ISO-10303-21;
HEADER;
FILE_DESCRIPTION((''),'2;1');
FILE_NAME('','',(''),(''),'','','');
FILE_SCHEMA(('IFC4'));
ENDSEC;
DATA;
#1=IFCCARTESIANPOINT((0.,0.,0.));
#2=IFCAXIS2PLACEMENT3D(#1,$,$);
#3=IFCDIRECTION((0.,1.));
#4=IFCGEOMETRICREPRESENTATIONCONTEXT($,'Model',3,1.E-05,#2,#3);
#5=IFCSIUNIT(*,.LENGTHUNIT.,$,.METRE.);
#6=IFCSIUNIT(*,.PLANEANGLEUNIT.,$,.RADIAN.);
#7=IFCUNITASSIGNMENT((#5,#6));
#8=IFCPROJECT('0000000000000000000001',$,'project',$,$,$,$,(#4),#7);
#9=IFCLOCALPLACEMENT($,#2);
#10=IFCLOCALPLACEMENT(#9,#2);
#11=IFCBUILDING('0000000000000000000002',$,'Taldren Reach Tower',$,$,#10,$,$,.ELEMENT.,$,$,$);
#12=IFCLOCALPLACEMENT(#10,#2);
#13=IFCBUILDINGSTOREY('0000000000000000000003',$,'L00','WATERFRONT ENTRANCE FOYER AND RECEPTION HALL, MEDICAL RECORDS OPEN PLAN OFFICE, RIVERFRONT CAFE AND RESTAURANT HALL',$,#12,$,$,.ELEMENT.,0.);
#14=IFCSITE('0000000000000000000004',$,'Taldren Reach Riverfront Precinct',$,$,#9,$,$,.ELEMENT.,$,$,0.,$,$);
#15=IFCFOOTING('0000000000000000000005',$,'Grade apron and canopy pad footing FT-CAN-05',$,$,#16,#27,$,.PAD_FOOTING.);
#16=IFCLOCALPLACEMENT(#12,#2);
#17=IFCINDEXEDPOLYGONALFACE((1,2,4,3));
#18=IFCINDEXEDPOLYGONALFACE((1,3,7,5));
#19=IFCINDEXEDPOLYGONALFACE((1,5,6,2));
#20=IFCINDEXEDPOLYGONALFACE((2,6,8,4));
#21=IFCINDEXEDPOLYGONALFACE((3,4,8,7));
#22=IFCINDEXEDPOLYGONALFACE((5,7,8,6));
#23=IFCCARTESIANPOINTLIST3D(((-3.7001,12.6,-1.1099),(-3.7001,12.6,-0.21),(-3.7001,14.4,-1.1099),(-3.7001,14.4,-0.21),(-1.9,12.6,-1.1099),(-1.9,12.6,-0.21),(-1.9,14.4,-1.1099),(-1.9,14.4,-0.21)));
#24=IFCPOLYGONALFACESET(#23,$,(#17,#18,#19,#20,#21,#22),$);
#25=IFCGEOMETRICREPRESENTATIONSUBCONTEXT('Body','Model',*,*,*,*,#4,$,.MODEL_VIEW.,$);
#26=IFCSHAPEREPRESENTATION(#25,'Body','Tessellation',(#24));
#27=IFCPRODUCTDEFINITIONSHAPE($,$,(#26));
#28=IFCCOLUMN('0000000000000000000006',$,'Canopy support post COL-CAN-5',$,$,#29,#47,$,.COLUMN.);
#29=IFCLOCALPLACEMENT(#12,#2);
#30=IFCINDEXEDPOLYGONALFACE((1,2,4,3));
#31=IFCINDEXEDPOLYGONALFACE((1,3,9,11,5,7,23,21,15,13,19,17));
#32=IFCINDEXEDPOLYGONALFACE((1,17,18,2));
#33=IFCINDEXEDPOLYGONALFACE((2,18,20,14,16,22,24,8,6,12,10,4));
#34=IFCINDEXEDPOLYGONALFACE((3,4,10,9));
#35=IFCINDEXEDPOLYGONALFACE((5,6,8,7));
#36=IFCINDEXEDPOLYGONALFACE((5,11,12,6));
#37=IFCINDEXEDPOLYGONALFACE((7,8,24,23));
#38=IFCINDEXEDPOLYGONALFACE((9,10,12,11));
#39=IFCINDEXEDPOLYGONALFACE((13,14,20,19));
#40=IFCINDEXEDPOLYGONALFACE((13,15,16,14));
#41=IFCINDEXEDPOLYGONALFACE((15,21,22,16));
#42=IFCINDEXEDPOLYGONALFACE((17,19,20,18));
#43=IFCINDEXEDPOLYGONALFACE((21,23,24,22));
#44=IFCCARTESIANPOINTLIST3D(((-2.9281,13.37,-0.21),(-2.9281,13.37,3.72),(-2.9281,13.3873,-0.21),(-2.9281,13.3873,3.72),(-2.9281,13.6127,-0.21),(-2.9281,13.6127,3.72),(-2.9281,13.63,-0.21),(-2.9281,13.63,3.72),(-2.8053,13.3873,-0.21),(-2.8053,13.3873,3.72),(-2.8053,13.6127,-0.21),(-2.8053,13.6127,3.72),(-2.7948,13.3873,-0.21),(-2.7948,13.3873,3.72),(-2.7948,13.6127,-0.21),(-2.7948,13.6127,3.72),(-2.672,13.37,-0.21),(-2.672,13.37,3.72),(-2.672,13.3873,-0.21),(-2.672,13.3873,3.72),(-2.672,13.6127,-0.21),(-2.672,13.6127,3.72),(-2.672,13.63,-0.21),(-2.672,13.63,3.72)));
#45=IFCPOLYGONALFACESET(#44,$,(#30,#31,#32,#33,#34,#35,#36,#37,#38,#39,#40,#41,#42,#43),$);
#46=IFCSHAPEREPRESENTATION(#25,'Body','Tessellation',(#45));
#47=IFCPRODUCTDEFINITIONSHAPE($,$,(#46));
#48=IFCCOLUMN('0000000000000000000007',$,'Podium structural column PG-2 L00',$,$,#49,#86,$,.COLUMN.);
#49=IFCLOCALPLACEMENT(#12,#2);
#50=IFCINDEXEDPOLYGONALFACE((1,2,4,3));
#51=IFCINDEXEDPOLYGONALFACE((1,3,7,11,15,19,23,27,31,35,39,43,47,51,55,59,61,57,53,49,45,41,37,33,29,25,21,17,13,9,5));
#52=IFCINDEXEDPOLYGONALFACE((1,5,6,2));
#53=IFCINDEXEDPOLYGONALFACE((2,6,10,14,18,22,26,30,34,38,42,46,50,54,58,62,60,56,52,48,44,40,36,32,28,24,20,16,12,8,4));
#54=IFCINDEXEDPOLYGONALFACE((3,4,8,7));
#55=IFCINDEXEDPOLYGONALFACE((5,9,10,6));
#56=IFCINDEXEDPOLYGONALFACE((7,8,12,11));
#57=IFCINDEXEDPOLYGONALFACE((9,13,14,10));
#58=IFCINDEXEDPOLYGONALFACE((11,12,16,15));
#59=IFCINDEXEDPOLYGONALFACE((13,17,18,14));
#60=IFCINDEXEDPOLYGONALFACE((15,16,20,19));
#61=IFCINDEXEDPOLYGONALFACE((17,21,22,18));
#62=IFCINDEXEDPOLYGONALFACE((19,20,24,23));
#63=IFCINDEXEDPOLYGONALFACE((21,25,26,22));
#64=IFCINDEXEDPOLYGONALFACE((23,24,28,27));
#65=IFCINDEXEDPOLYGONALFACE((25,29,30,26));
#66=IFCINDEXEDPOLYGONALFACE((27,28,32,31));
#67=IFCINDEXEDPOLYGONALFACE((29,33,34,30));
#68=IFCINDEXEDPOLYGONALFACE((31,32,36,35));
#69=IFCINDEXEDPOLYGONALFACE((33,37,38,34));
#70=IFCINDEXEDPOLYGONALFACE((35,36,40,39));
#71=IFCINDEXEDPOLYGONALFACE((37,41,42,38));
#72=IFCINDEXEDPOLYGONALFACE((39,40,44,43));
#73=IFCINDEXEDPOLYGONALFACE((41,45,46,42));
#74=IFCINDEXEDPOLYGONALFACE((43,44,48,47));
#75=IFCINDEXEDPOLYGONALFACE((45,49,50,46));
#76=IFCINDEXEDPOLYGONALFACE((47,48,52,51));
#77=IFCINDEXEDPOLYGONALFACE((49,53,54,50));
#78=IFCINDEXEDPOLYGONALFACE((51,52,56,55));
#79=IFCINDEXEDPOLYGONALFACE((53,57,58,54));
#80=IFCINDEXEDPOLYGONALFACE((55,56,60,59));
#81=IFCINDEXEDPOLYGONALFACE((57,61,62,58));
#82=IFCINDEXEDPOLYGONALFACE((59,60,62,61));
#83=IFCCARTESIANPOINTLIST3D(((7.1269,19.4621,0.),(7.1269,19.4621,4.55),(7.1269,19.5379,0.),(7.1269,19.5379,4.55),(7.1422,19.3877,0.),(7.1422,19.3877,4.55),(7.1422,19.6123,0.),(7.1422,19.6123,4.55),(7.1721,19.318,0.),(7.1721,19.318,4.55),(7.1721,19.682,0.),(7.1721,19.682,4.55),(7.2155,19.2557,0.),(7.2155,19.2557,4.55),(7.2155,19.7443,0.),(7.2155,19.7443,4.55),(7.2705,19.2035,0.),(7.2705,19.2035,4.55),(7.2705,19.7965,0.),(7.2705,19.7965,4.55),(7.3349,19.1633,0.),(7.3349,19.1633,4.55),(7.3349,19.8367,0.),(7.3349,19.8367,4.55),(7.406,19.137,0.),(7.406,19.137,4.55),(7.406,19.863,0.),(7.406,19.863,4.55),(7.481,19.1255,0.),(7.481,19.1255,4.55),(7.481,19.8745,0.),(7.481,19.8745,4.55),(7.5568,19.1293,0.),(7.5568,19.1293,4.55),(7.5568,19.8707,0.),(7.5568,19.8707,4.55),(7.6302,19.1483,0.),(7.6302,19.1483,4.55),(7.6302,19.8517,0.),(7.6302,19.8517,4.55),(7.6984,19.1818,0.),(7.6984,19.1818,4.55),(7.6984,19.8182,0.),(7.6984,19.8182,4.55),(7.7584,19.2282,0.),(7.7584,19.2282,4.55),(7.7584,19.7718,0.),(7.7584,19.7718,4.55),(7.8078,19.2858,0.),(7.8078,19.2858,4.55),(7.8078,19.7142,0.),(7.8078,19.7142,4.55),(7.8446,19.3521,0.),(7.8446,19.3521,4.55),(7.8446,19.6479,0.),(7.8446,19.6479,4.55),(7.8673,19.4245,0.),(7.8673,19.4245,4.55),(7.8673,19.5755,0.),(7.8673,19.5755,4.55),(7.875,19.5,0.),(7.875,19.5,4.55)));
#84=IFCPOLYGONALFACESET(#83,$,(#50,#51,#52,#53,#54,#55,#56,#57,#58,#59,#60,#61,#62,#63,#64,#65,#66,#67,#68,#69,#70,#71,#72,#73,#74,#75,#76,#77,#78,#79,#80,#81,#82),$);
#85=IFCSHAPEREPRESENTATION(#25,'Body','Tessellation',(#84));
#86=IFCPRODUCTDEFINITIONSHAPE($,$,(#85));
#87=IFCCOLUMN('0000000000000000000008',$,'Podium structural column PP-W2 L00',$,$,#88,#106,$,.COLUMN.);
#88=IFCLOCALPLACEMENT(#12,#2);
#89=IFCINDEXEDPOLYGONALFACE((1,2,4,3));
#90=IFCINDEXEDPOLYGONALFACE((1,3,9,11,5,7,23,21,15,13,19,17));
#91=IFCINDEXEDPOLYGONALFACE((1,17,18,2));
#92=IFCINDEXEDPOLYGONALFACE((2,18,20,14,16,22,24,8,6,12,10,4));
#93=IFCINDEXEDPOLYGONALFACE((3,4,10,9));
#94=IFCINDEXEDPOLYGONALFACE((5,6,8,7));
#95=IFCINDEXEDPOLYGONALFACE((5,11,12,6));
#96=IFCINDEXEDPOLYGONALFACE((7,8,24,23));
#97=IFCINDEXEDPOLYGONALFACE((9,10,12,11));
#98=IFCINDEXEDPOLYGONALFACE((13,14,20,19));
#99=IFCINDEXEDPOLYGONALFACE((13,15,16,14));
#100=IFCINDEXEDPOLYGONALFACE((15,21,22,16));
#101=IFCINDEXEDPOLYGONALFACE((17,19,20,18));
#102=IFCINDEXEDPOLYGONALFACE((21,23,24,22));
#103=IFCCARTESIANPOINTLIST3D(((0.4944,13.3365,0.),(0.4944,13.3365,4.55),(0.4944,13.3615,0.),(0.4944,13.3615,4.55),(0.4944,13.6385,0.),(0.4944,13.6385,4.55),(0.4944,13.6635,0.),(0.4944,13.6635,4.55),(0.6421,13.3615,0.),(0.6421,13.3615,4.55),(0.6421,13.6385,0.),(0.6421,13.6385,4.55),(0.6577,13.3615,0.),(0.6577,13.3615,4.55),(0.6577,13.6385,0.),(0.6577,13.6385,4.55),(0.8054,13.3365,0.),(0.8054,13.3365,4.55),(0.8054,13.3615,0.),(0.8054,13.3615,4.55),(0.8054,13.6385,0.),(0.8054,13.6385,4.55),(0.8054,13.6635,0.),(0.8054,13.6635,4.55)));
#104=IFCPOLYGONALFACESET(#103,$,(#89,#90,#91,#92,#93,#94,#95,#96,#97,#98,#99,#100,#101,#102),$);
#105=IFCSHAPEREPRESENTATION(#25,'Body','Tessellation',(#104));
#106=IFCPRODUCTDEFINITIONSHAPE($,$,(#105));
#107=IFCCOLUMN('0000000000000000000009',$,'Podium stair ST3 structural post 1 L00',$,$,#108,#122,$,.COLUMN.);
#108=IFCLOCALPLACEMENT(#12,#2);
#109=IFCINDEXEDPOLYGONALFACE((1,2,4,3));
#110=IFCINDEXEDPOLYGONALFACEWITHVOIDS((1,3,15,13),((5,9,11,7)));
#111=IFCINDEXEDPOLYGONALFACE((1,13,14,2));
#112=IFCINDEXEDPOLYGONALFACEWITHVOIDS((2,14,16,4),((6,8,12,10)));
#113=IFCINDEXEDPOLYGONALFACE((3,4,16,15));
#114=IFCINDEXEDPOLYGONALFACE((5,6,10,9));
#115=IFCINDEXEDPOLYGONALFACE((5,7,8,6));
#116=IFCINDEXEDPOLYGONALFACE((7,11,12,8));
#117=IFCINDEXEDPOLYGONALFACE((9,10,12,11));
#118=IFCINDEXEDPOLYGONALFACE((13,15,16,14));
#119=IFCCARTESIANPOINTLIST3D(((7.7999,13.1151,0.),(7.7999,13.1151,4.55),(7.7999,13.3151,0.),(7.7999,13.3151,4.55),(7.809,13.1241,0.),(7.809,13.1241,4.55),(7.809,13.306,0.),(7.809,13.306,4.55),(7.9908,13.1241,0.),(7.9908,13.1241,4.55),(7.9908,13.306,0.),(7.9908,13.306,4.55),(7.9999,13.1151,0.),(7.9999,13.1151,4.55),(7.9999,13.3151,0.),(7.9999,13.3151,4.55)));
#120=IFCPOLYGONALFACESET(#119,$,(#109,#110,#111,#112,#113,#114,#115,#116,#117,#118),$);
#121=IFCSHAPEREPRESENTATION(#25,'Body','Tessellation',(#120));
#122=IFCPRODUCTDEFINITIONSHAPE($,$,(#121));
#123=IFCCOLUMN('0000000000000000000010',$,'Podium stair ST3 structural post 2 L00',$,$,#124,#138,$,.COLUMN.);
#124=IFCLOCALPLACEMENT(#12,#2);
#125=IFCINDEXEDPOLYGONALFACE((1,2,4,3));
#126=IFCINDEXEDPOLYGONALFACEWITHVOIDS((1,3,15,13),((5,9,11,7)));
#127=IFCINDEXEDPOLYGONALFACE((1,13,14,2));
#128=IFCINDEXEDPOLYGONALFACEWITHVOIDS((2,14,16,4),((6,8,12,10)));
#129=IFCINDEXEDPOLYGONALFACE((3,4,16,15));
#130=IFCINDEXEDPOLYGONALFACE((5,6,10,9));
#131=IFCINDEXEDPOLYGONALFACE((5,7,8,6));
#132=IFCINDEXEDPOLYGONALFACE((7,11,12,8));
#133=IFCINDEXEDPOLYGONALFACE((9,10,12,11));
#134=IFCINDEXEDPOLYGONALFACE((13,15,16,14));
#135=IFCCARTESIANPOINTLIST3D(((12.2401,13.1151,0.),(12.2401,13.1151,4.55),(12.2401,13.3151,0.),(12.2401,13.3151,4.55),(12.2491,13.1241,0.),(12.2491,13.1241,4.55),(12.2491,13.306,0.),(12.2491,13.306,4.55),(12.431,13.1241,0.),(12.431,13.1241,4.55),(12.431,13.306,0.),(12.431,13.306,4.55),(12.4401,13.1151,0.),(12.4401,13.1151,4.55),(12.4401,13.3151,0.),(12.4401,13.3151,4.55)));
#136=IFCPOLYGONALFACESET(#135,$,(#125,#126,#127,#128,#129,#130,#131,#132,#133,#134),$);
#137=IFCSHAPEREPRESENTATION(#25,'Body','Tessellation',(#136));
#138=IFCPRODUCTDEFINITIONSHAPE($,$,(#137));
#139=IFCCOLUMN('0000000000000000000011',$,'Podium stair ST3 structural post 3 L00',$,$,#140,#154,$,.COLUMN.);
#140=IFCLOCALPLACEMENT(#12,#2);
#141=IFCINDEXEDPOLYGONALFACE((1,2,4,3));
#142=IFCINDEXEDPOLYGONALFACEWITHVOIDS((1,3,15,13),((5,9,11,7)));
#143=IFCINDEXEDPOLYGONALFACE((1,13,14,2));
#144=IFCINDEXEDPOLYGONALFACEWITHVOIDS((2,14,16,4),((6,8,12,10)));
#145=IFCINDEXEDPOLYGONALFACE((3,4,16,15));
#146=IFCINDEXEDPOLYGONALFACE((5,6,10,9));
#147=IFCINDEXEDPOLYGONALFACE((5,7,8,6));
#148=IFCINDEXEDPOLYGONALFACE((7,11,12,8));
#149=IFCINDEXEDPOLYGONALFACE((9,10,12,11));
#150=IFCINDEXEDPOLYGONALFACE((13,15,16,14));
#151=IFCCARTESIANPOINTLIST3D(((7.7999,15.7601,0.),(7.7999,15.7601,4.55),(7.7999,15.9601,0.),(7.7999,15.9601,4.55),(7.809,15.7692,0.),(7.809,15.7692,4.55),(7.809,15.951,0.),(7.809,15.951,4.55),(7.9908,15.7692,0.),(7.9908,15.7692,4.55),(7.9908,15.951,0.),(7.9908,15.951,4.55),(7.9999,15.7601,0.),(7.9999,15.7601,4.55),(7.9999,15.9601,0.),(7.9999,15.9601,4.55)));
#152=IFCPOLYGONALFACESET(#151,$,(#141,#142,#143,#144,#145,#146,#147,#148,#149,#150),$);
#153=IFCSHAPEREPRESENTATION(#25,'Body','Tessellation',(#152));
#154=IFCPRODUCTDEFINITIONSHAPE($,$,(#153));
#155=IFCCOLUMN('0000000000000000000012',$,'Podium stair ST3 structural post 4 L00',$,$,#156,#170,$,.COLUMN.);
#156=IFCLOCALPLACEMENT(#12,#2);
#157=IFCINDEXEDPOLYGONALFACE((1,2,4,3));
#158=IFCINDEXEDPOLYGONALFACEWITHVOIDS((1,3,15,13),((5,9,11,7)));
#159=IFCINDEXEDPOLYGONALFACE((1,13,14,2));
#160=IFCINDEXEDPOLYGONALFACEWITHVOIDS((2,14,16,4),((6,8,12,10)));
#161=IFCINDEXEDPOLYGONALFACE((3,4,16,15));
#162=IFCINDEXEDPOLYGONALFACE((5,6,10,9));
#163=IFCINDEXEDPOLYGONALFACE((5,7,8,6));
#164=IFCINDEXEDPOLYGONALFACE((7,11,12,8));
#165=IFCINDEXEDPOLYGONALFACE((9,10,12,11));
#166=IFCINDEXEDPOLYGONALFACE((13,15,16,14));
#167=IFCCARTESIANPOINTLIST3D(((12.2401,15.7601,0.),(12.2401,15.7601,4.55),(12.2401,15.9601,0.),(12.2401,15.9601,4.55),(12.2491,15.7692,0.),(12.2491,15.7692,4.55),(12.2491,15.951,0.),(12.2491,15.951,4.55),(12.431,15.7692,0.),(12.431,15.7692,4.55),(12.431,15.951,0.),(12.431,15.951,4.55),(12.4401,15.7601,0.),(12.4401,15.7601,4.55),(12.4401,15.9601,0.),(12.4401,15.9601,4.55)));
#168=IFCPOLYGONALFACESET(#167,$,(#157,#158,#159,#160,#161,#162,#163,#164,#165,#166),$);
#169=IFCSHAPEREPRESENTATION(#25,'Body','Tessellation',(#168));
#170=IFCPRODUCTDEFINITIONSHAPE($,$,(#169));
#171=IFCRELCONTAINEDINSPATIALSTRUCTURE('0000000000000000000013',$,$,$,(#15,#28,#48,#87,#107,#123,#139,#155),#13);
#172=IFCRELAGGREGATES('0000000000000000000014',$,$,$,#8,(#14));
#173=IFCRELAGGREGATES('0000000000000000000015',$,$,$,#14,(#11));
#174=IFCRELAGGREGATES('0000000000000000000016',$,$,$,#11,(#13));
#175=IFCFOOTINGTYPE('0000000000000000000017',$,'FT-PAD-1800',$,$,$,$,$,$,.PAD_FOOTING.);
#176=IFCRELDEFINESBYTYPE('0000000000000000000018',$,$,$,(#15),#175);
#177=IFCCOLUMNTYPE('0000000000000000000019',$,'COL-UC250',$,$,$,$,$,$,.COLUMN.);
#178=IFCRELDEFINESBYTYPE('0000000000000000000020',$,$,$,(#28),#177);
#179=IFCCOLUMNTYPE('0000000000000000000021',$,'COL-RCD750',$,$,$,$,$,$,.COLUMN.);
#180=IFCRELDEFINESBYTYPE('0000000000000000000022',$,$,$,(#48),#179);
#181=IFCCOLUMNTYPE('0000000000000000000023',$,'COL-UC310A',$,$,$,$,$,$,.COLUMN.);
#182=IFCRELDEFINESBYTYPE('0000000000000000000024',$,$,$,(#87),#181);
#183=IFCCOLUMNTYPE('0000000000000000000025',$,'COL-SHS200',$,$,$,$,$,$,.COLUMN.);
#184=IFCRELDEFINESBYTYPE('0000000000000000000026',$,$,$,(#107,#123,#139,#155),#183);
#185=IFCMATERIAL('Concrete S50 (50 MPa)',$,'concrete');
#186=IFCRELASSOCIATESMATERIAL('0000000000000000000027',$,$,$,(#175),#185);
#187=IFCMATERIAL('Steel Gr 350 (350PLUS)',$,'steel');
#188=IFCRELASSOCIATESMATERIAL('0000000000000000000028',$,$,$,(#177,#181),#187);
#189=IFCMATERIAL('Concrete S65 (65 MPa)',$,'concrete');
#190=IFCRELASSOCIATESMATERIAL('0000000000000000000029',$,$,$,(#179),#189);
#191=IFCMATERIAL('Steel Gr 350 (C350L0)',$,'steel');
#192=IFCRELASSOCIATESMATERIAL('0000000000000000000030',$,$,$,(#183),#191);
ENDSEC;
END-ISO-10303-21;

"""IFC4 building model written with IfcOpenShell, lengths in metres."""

from ifc_helpers import new_model, si_unit, direction, frame, origin, origin_2d, place, context, subcontext, project, spatial, rectangle, hollow_rectangle, circle, i_section, extrude, source, transform, mapped, material, material_profile, profile_set, type_object, element, save


model = new_model("IFC4")

# Units and contexts
model_context = context("Model", 3, precision=1e-05, world=origin(), true_north=direction((0.0, 1.0)))
body_context = subcontext(model_context, "Body", "Model", "MODEL_VIEW")
ifc_project = project(units=[si_unit("LENGTHUNIT", "METRE"), si_unit("PLANEANGLEUNIT", "RADIAN")], contexts=[model_context])

# Site, building, storey
site_placement = place(None, origin())
site = spatial("IfcSite", under=ifc_project, at=site_placement, Name="Taldren Reach Riverfront Precinct", CompositionType="ELEMENT", RefElevation=0.0)
building_placement = place(site_placement, origin())
building = spatial("IfcBuilding", under=site, at=building_placement, Name="Taldren Reach Tower", CompositionType="ELEMENT")
storey_placement = place(building_placement, origin())
storey = spatial("IfcBuildingStorey", under=building, at=storey_placement, Name="L00", Description="WATERFRONT ENTRANCE FOYER AND RECEPTION HALL, MEDICAL RECORDS OPEN PLAN OFFICE, RIVERFRONT CAFE AND RESTAURANT HALL", CompositionType="ELEMENT", Elevation=0.0)

# Footing
ifc_material_1 = material(Name="Concrete S50 (50 MPa)", Category="concrete")
footing_type = type_object("IfcFootingType", Name="FT-PAD-1800", PredefinedType="PAD_FOOTING", material=ifc_material_1)
shared_shape_1 = source(origin(), body_context, "Body", "SweptSolid", [
    extrude(rectangle(XDim=1.8, YDim=1.8, at=origin_2d()), origin(), (0.0, 0.0, 1.0), 0.8999),
])
footing_placement = place(storey_placement, frame((-2.8, 13.5, -1.1099), z_axis=(0.0, 0.0, 1.0), x_axis=(1.0, 0.0, 0.0)))
element("IfcFooting", 1, at=footing_placement, inside=storey, type_object=footing_type, Name="Grade apron and canopy pad footing FT-CAN-05", PredefinedType="PAD_FOOTING", context=body_context, shape_type="MappedRepresentation", body=[
    mapped(shared_shape_1, transform((0.0, 0.0, 0.0), scale=1.0)),
])

# Columns
ifc_material_2 = material(Name="Steel Gr 350 (350PLUS)", Category="steel")
ifc_material_profile_1 = material_profile(ifc_material_2, i_section(OverallWidth=0.2561, OverallDepth=0.26, WebThickness=0.0105, FlangeThickness=0.0173, at=origin_2d()), Name="250UC89.5")
ifc_profile_set_1 = profile_set([ifc_material_profile_1], Name="Steel Gr 350 (350PLUS)")
column_type_1 = type_object("IfcColumnType", Name="COL-UC250", PredefinedType="COLUMN", material=ifc_profile_set_1)
shared_shape_2 = source(origin(), body_context, "Body", "SweptSolid", [
    extrude(i_section(OverallWidth=0.2561, OverallDepth=0.26, WebThickness=0.0105, FlangeThickness=0.0173, at=origin_2d()), origin(), (0.0, 0.0, 1.0), 3.9299),
])
column_1_placement = place(storey_placement, frame((-2.8, 13.5, -0.21), z_axis=(0.0, 0.0, 1.0), x_axis=(1.0, 0.0, 0.0)))
element("IfcColumn", 2, at=column_1_placement, inside=storey, type_object=column_type_1, Name="Canopy support post COL-CAN-5", PredefinedType="COLUMN", context=body_context, shape_type="MappedRepresentation", body=[
    mapped(shared_shape_2, transform((0.0, 0.0, 0.0), scale=1.0)),
])
ifc_material_3 = material(Name="Concrete S65 (65 MPa)", Category="concrete")
ifc_material_profile_2 = material_profile(ifc_material_3, circle(Radius=0.375, at=origin_2d()), Name="RC-750D")
ifc_profile_set_2 = profile_set([ifc_material_profile_2], Name="Concrete S65 (65 MPa)")
column_type_2 = type_object("IfcColumnType", Name="COL-RCD750", PredefinedType="COLUMN", material=ifc_profile_set_2)
shared_shape_3 = source(origin(), body_context, "Body", "SweptSolid", [
    extrude(circle(Radius=0.375, at=origin_2d()), origin(), (0.0, 0.0, 1.0), 4.55),
])
column_2_placement = place(storey_placement, frame((7.5, 19.5, 0.0), z_axis=(0.0, 0.0, 1.0), x_axis=(1.0, 0.0, 0.0)))
element("IfcColumn", 3, at=column_2_placement, inside=storey, type_object=column_type_2, Name="Podium structural column PG-2 L00", PredefinedType="COLUMN", context=body_context, shape_type="MappedRepresentation", body=[
    mapped(shared_shape_3, transform((0.0, 0.0, 0.0), scale=1.0)),
])
ifc_material_profile_3 = material_profile(ifc_material_2, i_section(OverallWidth=0.311, OverallDepth=0.3269, WebThickness=0.0156, FlangeThickness=0.0249, at=origin_2d()), Name="310UC158")
ifc_profile_set_3 = profile_set([ifc_material_profile_3], Name="Steel Gr 350 (350PLUS)")
column_type_3 = type_object("IfcColumnType", Name="COL-UC310A", PredefinedType="COLUMN", material=ifc_profile_set_3)
shared_shape_4 = source(origin(), body_context, "Body", "SweptSolid", [
    extrude(i_section(OverallWidth=0.311, OverallDepth=0.3269, WebThickness=0.0156, FlangeThickness=0.0249, at=origin_2d()), origin(), (0.0, 0.0, 1.0), 4.55),
])
column_3_placement = place(storey_placement, frame((0.6499, 13.5, 0.0), z_axis=(0.0, 0.0, 1.0), x_axis=(1.0, 0.0, 0.0)))
element("IfcColumn", 4, at=column_3_placement, inside=storey, type_object=column_type_3, Name="Podium structural column PP-W2 L00", PredefinedType="COLUMN", context=body_context, shape_type="MappedRepresentation", body=[
    mapped(shared_shape_4, transform((0.0, 0.0, 0.0), scale=1.0)),
])
ifc_material_4 = material(Name="Steel Gr 350 (C350L0)", Category="steel")
ifc_material_profile_4 = material_profile(ifc_material_4, hollow_rectangle(XDim=0.2, YDim=0.2, WallThickness=0.009, at=origin_2d()), Name="200x200x9.0SHS")
ifc_profile_set_4 = profile_set([ifc_material_profile_4], Name="Steel Gr 350 (C350L0)")
column_type_4 = type_object("IfcColumnType", Name="COL-SHS200", PredefinedType="COLUMN", material=ifc_profile_set_4)
shared_shape_5 = source(origin(), body_context, "Body", "SweptSolid", [
    extrude(hollow_rectangle(XDim=0.2, YDim=0.2, WallThickness=0.009, at=origin_2d()), origin(), (0.0, 0.0, 1.0), 4.55),
])
for number, where, z_axis, x_axis, name in (
    (5, (7.8999, 13.2151, 0.0), (0.0, 0.0, 1.0), (1.0, 0.0, 0.0), "Podium stair ST3 structural post 1 L00"),
    (6, (12.3401, 13.2151, 0.0), (0.0, 0.0, 1.0), (1.0, 0.0, 0.0), "Podium stair ST3 structural post 2 L00"),
    (7, (7.8999, 15.8601, 0.0), (0.0, 0.0, 1.0), (1.0, 0.0, 0.0), "Podium stair ST3 structural post 3 L00"),
    (8, (12.3401, 15.8601, 0.0), (0.0, 0.0, 1.0), (1.0, 0.0, 0.0), "Podium stair ST3 structural post 4 L00"),
):
    element("IfcColumn", number, at=place(storey_placement, frame(where, z_axis=z_axis, x_axis=x_axis)), inside=storey, type_object=column_type_4, Name=name, PredefinedType="COLUMN", context=body_context, shape_type="MappedRepresentation", body=[
        mapped(shared_shape_5, transform((0.0, 0.0, 0.0), scale=1.0)),
    ])

save(model, "model.ifc")
